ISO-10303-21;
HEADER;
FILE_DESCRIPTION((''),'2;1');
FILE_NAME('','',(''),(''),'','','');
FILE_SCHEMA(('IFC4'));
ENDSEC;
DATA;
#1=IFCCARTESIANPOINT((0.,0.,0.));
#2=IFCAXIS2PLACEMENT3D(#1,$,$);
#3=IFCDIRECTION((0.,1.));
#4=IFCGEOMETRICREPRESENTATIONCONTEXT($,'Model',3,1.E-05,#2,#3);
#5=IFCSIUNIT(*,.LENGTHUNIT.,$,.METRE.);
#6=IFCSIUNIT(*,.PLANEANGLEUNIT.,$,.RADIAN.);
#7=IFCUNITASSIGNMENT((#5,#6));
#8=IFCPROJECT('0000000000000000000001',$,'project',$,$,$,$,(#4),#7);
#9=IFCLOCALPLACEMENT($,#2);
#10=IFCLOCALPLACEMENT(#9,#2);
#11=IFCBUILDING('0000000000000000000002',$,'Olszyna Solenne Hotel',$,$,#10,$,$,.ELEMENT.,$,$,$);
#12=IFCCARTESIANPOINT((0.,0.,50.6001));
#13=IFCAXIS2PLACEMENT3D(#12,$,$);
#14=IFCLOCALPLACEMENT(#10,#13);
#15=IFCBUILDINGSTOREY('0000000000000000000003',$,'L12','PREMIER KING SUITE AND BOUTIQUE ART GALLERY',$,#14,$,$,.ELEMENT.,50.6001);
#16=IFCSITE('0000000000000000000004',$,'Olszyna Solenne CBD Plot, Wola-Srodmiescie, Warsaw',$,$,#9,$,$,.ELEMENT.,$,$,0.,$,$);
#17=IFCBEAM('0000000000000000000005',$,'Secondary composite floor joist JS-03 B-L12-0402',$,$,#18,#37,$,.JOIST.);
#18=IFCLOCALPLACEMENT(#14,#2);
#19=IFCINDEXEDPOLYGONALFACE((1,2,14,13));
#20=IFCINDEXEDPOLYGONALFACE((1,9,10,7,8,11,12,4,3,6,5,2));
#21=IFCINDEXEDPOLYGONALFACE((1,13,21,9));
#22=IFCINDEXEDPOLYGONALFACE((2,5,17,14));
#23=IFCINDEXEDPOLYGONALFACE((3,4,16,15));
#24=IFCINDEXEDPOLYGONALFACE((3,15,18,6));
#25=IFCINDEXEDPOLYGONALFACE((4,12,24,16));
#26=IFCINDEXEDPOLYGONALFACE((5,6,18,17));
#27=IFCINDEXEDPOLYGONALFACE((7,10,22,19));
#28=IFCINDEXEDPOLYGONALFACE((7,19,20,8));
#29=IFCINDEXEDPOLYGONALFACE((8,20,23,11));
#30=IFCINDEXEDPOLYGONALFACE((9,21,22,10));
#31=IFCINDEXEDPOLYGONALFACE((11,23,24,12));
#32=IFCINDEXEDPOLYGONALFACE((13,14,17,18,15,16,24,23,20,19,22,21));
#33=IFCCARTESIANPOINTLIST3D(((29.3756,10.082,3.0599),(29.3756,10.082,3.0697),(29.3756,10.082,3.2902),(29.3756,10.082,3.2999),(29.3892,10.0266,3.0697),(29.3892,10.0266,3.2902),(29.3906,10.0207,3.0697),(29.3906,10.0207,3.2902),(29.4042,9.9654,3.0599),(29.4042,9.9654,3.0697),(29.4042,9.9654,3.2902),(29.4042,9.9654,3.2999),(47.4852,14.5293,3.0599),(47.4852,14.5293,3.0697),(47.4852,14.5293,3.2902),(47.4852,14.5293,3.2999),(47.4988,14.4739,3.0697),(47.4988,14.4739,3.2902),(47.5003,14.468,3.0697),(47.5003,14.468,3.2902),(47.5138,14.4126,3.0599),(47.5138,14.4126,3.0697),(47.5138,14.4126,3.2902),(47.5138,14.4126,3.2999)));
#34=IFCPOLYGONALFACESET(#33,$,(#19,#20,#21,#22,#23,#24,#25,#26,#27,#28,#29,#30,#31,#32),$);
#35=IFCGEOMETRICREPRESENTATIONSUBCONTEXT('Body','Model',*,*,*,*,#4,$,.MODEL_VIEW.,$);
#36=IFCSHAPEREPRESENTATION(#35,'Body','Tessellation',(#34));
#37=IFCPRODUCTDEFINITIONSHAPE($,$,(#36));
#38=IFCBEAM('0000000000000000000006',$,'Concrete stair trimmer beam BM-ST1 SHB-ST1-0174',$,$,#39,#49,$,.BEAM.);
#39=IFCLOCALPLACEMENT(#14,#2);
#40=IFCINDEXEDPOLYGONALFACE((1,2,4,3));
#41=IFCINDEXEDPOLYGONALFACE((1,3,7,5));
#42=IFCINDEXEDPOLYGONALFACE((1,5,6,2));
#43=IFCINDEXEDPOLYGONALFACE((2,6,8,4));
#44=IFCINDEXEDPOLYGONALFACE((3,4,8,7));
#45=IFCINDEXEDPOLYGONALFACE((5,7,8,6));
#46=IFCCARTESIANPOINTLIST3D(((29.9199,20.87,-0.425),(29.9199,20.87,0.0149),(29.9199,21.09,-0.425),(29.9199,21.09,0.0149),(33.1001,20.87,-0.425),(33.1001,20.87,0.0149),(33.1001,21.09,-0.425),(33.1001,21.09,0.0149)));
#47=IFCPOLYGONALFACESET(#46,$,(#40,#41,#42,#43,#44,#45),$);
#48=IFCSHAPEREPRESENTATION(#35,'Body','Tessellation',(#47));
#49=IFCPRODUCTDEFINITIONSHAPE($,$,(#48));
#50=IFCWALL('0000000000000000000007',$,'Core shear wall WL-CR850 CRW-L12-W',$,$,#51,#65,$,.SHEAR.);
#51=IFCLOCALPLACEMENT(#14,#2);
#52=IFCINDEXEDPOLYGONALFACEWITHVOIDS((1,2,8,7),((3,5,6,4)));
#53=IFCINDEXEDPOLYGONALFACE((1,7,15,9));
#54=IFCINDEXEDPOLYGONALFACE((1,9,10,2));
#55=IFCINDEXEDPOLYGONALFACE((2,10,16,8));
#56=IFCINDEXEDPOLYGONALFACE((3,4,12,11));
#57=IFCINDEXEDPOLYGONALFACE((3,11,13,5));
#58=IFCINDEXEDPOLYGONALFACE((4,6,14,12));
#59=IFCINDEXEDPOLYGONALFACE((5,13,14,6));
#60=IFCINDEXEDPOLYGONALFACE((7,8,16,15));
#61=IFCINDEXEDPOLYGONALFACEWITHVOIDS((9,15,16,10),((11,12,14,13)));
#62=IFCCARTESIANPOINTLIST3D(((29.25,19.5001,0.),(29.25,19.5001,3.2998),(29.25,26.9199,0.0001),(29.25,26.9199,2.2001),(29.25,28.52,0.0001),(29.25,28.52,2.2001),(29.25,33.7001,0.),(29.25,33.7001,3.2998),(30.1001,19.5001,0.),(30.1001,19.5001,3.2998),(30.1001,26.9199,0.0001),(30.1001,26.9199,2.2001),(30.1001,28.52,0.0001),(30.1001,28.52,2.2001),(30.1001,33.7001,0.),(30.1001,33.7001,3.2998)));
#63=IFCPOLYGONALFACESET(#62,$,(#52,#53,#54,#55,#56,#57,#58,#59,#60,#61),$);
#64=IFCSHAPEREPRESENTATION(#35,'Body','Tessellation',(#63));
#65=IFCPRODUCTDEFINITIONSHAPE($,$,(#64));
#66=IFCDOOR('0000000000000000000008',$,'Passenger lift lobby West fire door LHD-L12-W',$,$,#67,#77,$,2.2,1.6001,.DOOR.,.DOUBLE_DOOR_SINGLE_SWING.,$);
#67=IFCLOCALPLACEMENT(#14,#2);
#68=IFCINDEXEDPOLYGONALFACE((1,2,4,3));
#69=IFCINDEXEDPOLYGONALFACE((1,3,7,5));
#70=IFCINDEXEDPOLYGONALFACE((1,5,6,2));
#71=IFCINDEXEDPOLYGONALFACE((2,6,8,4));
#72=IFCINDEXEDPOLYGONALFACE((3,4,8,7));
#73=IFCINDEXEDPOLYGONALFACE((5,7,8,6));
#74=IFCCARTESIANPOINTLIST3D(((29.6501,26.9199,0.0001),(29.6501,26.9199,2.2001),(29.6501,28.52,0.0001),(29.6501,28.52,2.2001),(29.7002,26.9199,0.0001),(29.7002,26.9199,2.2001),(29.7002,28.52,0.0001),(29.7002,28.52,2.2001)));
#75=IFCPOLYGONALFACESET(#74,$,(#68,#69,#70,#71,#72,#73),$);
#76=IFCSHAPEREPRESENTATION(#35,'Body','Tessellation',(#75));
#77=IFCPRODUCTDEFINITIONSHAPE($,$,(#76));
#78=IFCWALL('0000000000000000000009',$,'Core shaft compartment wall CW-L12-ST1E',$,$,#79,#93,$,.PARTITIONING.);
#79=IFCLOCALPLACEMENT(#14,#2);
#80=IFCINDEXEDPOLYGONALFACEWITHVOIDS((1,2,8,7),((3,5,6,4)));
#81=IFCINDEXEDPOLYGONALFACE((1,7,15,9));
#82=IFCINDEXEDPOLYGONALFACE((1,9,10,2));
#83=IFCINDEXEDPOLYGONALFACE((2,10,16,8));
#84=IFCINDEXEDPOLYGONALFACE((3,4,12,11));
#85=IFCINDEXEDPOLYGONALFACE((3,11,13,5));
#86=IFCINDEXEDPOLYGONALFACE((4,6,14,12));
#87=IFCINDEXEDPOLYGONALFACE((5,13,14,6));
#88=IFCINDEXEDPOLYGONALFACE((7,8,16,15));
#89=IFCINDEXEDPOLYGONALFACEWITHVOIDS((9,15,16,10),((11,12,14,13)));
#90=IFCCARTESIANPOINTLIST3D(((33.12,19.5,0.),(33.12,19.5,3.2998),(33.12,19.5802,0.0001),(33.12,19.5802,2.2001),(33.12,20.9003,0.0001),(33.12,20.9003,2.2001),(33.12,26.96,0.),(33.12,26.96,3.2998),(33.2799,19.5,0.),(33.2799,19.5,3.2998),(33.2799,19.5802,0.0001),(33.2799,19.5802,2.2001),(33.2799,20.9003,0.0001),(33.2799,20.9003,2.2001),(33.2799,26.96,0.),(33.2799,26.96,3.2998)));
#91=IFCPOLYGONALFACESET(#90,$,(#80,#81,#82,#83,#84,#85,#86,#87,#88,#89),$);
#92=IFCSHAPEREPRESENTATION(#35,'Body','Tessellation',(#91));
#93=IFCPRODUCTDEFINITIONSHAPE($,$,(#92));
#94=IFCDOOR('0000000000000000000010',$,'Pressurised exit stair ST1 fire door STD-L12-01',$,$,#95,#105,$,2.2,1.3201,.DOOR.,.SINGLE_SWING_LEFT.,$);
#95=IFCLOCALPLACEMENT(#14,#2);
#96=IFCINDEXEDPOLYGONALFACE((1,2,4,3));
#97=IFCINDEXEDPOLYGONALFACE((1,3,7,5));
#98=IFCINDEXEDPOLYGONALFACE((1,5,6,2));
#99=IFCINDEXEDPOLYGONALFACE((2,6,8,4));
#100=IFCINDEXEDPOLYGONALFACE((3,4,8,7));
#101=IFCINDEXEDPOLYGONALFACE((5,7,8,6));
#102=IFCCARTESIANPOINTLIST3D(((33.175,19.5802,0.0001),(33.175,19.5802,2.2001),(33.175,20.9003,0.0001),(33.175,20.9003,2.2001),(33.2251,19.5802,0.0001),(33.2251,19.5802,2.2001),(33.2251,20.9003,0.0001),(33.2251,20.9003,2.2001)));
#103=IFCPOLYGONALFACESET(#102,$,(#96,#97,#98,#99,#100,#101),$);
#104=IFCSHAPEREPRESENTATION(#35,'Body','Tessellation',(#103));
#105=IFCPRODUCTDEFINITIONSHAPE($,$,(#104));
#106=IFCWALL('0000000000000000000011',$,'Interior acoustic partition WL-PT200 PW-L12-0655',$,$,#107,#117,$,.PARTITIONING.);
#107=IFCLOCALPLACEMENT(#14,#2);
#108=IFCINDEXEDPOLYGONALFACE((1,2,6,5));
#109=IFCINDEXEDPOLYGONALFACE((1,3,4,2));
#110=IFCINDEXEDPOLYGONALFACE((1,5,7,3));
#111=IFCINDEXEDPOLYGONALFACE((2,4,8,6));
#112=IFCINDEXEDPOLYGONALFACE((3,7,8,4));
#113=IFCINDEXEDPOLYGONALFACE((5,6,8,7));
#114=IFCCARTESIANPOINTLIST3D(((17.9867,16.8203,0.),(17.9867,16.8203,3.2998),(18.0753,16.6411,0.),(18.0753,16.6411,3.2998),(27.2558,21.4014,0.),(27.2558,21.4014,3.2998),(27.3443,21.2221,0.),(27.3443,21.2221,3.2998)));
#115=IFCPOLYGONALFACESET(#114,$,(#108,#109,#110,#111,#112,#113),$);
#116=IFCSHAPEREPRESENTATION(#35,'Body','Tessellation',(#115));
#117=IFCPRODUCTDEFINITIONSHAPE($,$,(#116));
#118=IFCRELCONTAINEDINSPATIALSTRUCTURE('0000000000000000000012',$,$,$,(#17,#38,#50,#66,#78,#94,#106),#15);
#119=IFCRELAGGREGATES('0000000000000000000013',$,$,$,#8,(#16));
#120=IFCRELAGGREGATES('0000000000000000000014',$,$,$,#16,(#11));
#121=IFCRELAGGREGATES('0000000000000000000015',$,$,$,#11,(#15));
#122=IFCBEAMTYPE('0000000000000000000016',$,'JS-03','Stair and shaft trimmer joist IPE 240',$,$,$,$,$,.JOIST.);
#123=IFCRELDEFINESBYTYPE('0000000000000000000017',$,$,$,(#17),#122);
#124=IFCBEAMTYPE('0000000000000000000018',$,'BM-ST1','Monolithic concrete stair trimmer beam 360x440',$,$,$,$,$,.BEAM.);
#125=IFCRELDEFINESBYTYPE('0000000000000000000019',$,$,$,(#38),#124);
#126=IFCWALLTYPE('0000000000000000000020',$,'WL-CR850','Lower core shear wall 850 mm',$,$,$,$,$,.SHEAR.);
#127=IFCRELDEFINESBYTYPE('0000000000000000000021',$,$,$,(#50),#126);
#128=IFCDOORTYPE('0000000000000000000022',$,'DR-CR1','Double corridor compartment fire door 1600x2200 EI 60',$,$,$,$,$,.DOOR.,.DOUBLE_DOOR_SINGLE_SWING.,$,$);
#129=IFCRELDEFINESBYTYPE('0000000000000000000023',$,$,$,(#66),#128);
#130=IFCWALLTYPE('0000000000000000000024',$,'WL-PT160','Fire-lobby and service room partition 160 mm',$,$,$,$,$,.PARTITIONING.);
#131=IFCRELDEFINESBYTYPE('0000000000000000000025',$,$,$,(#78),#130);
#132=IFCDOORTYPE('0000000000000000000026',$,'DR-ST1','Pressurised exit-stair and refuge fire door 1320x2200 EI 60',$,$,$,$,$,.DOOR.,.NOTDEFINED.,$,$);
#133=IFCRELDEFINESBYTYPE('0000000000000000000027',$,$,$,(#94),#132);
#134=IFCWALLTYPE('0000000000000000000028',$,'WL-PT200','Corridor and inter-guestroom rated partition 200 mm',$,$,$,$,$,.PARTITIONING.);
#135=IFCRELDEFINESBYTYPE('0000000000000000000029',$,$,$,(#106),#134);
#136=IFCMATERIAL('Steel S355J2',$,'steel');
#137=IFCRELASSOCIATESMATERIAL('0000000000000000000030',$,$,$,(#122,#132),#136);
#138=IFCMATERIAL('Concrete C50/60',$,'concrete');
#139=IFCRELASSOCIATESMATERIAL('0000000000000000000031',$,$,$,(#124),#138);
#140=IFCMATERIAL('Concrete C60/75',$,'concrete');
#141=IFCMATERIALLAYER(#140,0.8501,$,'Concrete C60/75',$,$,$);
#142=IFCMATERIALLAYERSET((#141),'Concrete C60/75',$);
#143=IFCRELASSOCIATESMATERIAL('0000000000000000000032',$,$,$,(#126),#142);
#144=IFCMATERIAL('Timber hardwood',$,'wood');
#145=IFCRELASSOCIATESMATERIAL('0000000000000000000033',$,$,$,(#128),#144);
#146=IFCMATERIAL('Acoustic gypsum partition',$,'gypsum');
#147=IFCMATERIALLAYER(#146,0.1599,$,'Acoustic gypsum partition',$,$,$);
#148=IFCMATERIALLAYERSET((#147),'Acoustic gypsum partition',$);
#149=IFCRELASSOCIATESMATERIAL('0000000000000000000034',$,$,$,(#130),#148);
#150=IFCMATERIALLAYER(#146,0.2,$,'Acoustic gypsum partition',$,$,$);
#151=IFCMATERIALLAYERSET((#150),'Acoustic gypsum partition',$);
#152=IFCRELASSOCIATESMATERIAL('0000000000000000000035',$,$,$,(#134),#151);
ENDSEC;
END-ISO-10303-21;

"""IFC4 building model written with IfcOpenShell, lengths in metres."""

from ifc_helpers import new_model, si_unit, direction, frame, frame_2d, origin, origin_2d, place, context, subcontext, project, spatial, rectangle, i_section, extrude, source, transform, mapped, material, layer, layer_set, material_profile, profile_set, type_object, type_shapes, element, fill, save


model = new_model("IFC4")

# Units and contexts
model_context = context("Model", 3, precision=1e-05, world=origin(), true_north=direction((0.0, 1.0)))
body_context = subcontext(model_context, "Body", "Model", "MODEL_VIEW")
ifc_project = project(units=[si_unit("LENGTHUNIT", "METRE"), si_unit("PLANEANGLEUNIT", "RADIAN")], contexts=[model_context])

# Site, building, storey
site_placement = place(None, origin())
site = spatial("IfcSite", under=ifc_project, at=site_placement, Name="Olszyna Solenne CBD Plot, Wola-Srodmiescie, Warsaw", CompositionType="ELEMENT", RefElevation=0.0)
building_placement = place(site_placement, origin())
building = spatial("IfcBuilding", under=site, at=building_placement, Name="Olszyna Solenne Hotel", CompositionType="ELEMENT")
storey_placement = place(building_placement, frame((0.0, 0.0, 50.6001)))
storey = spatial("IfcBuildingStorey", under=building, at=storey_placement, Name="L12", Description="PREMIER KING SUITE AND BOUTIQUE ART GALLERY", CompositionType="ELEMENT", Elevation=50.6001)

# Beams
ifc_material_1 = material(Name="Steel S355J2", Category="steel")
ifc_material_profile_1 = material_profile(ifc_material_1, i_section(OverallWidth=0.1201, OverallDepth=0.24, WebThickness=0.0061, FlangeThickness=0.0098, at=origin_2d()), Name="IPE 240", Category="load-bearing")
ifc_profile_set_1 = profile_set([ifc_material_profile_1], Name="Steel S355J2")
beam_type_1 = type_object("IfcBeamType", Name="JS-03", Description="Stair and shaft trimmer joist IPE 240", PredefinedType="JOIST", material=ifc_profile_set_1)
shared_shape_1 = source(origin(), body_context, "Body", "SweptSolid", [
    extrude(i_section(OverallWidth=0.1201, OverallDepth=0.24, WebThickness=0.0061, FlangeThickness=0.0098, at=origin_2d()), origin(), (0.0, 0.0, 1.0), 18.6477),
])
beam_1_placement = place(storey_placement, frame((29.3899, 10.0237, 3.1799), z_axis=(0.971145, 0.238489, 0.0), x_axis=(-0.238489, 0.971145, 0.0)))
element("IfcBeam", 1, at=beam_1_placement, inside=storey, type_object=beam_type_1, Name="Secondary composite floor joist JS-03 B-L12-0402", PredefinedType="JOIST", context=body_context, shape_type="MappedRepresentation", body=[
    mapped(shared_shape_1, transform((0.0, 0.0, 0.0), x_axis=(1.0, 0.0, 0.0), y_axis=(0.0, 1.0, 0.0), z_axis=(0.0, 0.0, 1.0), scale=1.0)),
])
ifc_material_2 = material(Name="Concrete C50/60", Category="concrete")
ifc_material_profile_2 = material_profile(ifc_material_2, rectangle(XDim=0.22, YDim=0.4399, at=origin_2d()), Name="RC 220x440", Category="load-bearing")
ifc_profile_set_2 = profile_set([ifc_material_profile_2], Name="Concrete C50/60")
beam_type_2 = type_object("IfcBeamType", Name="BM-ST1", Description="Monolithic concrete stair trimmer beam 360x440", PredefinedType="BEAM", material=ifc_profile_set_2)
shared_shape_2 = source(origin(), body_context, "Body", "SweptSolid", [
    extrude(rectangle(XDim=0.22, YDim=0.4399, at=origin_2d()), origin(), (0.0, 0.0, 1.0), 3.1802),
])
beam_2_placement = place(storey_placement, frame((33.1001, 20.98, -0.2051), z_axis=(-1.0, 0.0, 0.0), x_axis=(0.0, -1.0, 0.0)))
element("IfcBeam", 2, at=beam_2_placement, inside=storey, type_object=beam_type_2, Name="Concrete stair trimmer beam BM-ST1 SHB-ST1-0174", PredefinedType="BEAM", context=body_context, shape_type="MappedRepresentation", body=[
    mapped(shared_shape_2, transform((0.0, 0.0, 0.0), x_axis=(1.0, 0.0, 0.0), y_axis=(0.0, 1.0, 0.0), z_axis=(0.0, 0.0, 1.0), scale=1.0)),
])

# Walls, openings, doors
ifc_material_3 = material(Name="Concrete C60/75", Category="concrete")
ifc_layer_1 = layer(ifc_material_3, 0.8501, Name="Concrete C60/75")
ifc_layer_set_1 = layer_set([ifc_layer_1], Name="Concrete C60/75")
wall_type_1 = type_object("IfcWallType", Name="WL-CR850", Description="Lower core shear wall 850 mm", PredefinedType="SHEAR", material=ifc_layer_set_1)
wall_1_placement = place(storey_placement, frame((29.675, 19.5, 0.0), z_axis=(0.0, 0.0, 1.0), x_axis=(0.0, 1.0, 0.0)))
wall_1 = element("IfcWall", 3, at=wall_1_placement, inside=storey, type_object=wall_type_1, Name="Core shear wall WL-CR850 CRW-L12-W", PredefinedType="SHEAR", context=body_context, shape_type="SweptSolid", body=[
    extrude(rectangle(XDim=14.2, YDim=0.8501, at=frame_2d((7.1001, 0.0))), origin(), (0.0, 0.0, 1.0), 3.2998),
])
opening_1_placement = place(wall_1_placement, frame((7.4199, 0.0, 0.0)))
opening_1 = element("IfcOpeningElement", 4, at=opening_1_placement, cuts=wall_1, PredefinedType="OPENING", context=body_context, shape_type="SweptSolid", body=[
    extrude(rectangle(XDim=1.6001, YDim=2.2, at=frame_2d((0.8, 1.1001))), frame((0.0, 0.4351, 0.0), z_axis=(0.0, -1.0, 0.0), x_axis=(1.0, 0.0, 0.0)), (0.0, 0.0, 1.0), 0.8701),
])
ifc_material_4 = material(Name="Timber hardwood", Category="wood")
door_type_1 = type_object("IfcDoorType", Name="DR-CR1", Description="Double corridor compartment fire door 1600x2200 EI 60", OperationType="DOUBLE_DOOR_SINGLE_SWING", PredefinedType="DOOR", material=ifc_material_4)
shared_shape_3 = source(origin(), body_context, "Body", "SweptSolid", [
    extrude(rectangle(XDim=1.6001, YDim=2.2, at=frame_2d((0.8, 1.1001))), frame((0.0, 0.0249, 0.0), z_axis=(0.0, -1.0, 0.0), x_axis=(1.0, 0.0, 0.0)), (0.0, 0.0, 1.0), 0.05),
])
type_shapes(door_type_1, [shared_shape_3])
door_1_placement = place(opening_1_placement, origin())
door_1 = element("IfcDoor", 5, at=door_1_placement, inside=storey, type_object=door_type_1, Name="Passenger lift lobby West fire door LHD-L12-W", OperationType="DOUBLE_DOOR_SINGLE_SWING", OverallHeight=2.2, OverallWidth=1.6001, PredefinedType="DOOR", context=body_context, shape_type="MappedRepresentation", body=[
    mapped(shared_shape_3, transform((0.0, 0.0, 0.0), x_axis=(1.0, 0.0, 0.0), y_axis=(0.0, 1.0, 0.0), z_axis=(0.0, 0.0, 1.0), scale=1.0)),
])
fill(opening_1, door_1)
ifc_material_5 = material(Name="Acoustic gypsum partition", Category="gypsum")
ifc_layer_2 = layer(ifc_material_5, 0.1599, Name="Acoustic gypsum partition")
ifc_layer_set_2 = layer_set([ifc_layer_2], Name="Acoustic gypsum partition")
wall_type_2 = type_object("IfcWallType", Name="WL-PT160", Description="Fire-lobby and service room partition 160 mm", PredefinedType="PARTITIONING", material=ifc_layer_set_2)
wall_2_placement = place(storey_placement, frame((33.2, 19.5, 0.0), z_axis=(0.0, 0.0, 1.0), x_axis=(0.0, 1.0, 0.0)))
wall_2 = element("IfcWall", 6, at=wall_2_placement, inside=storey, type_object=wall_type_2, Name="Core shaft compartment wall CW-L12-ST1E", PredefinedType="PARTITIONING", context=body_context, shape_type="SweptSolid", body=[
    extrude(rectangle(XDim=7.46, YDim=0.1599, at=frame_2d((3.73, 0.0))), origin(), (0.0, 0.0, 1.0), 3.2998),
])
opening_2_placement = place(wall_2_placement, frame((0.0801, 0.0, 0.0)))
opening_2 = element("IfcOpeningElement", 7, at=opening_2_placement, cuts=wall_2, PredefinedType="OPENING", context=body_context, shape_type="SweptSolid", body=[
    extrude(rectangle(XDim=1.3201, YDim=2.2, at=frame_2d((0.6602, 1.1001))), frame((0.0, 0.0898, 0.0), z_axis=(0.0, -1.0, 0.0), x_axis=(1.0, 0.0, 0.0)), (0.0, 0.0, 1.0), 0.1799),
])
door_type_2 = type_object("IfcDoorType", Name="DR-ST1", Description="Pressurised exit-stair and refuge fire door 1320x2200 EI 60", OperationType="NOTDEFINED", PredefinedType="DOOR", material=ifc_material_1)
shared_shape_4 = source(origin(), body_context, "Body", "SweptSolid", [
    extrude(rectangle(XDim=1.3201, YDim=2.2, at=frame_2d((0.6602, 1.1001))), frame((0.0, 0.0249, 0.0), z_axis=(0.0, -1.0, 0.0), x_axis=(1.0, 0.0, 0.0)), (0.0, 0.0, 1.0), 0.05),
])
type_shapes(door_type_2, [shared_shape_4])
door_2_placement = place(opening_2_placement, origin())
door_2 = element("IfcDoor", 8, at=door_2_placement, inside=storey, type_object=door_type_2, Name="Pressurised exit stair ST1 fire door STD-L12-01", OperationType="SINGLE_SWING_LEFT", OverallHeight=2.2, OverallWidth=1.3201, PredefinedType="DOOR", context=body_context, shape_type="MappedRepresentation", body=[
    mapped(shared_shape_4, transform((0.0, 0.0, 0.0), x_axis=(1.0, 0.0, 0.0), y_axis=(0.0, 1.0, 0.0), z_axis=(0.0, 0.0, 1.0), scale=1.0)),
])
fill(opening_2, door_2)

# Wall
ifc_layer_3 = layer(ifc_material_5, 0.2, Name="Acoustic gypsum partition")
ifc_layer_set_3 = layer_set([ifc_layer_3], Name="Acoustic gypsum partition")
wall_type_3 = type_object("IfcWallType", Name="WL-PT200", Description="Corridor and inter-guestroom rated partition 200 mm", PredefinedType="PARTITIONING", material=ifc_layer_set_3)
wall_3_placement = place(storey_placement, frame((27.3, 21.3118, 0.0), z_axis=(0.0, 0.0, 1.0), x_axis=(-0.896486, -0.443072, 0.0)))
element("IfcWall", 9, at=wall_3_placement, inside=storey, type_object=wall_type_3, Name="Interior acoustic partition WL-PT200 PW-L12-0655", PredefinedType="PARTITIONING", context=body_context, shape_type="SweptSolid", body=[
    extrude(rectangle(XDim=10.3394, YDim=0.2, at=frame_2d((5.1697, 0.0))), origin(), (0.0, 0.0, 1.0), 3.2998),
])

save(model, "model.ifc")
